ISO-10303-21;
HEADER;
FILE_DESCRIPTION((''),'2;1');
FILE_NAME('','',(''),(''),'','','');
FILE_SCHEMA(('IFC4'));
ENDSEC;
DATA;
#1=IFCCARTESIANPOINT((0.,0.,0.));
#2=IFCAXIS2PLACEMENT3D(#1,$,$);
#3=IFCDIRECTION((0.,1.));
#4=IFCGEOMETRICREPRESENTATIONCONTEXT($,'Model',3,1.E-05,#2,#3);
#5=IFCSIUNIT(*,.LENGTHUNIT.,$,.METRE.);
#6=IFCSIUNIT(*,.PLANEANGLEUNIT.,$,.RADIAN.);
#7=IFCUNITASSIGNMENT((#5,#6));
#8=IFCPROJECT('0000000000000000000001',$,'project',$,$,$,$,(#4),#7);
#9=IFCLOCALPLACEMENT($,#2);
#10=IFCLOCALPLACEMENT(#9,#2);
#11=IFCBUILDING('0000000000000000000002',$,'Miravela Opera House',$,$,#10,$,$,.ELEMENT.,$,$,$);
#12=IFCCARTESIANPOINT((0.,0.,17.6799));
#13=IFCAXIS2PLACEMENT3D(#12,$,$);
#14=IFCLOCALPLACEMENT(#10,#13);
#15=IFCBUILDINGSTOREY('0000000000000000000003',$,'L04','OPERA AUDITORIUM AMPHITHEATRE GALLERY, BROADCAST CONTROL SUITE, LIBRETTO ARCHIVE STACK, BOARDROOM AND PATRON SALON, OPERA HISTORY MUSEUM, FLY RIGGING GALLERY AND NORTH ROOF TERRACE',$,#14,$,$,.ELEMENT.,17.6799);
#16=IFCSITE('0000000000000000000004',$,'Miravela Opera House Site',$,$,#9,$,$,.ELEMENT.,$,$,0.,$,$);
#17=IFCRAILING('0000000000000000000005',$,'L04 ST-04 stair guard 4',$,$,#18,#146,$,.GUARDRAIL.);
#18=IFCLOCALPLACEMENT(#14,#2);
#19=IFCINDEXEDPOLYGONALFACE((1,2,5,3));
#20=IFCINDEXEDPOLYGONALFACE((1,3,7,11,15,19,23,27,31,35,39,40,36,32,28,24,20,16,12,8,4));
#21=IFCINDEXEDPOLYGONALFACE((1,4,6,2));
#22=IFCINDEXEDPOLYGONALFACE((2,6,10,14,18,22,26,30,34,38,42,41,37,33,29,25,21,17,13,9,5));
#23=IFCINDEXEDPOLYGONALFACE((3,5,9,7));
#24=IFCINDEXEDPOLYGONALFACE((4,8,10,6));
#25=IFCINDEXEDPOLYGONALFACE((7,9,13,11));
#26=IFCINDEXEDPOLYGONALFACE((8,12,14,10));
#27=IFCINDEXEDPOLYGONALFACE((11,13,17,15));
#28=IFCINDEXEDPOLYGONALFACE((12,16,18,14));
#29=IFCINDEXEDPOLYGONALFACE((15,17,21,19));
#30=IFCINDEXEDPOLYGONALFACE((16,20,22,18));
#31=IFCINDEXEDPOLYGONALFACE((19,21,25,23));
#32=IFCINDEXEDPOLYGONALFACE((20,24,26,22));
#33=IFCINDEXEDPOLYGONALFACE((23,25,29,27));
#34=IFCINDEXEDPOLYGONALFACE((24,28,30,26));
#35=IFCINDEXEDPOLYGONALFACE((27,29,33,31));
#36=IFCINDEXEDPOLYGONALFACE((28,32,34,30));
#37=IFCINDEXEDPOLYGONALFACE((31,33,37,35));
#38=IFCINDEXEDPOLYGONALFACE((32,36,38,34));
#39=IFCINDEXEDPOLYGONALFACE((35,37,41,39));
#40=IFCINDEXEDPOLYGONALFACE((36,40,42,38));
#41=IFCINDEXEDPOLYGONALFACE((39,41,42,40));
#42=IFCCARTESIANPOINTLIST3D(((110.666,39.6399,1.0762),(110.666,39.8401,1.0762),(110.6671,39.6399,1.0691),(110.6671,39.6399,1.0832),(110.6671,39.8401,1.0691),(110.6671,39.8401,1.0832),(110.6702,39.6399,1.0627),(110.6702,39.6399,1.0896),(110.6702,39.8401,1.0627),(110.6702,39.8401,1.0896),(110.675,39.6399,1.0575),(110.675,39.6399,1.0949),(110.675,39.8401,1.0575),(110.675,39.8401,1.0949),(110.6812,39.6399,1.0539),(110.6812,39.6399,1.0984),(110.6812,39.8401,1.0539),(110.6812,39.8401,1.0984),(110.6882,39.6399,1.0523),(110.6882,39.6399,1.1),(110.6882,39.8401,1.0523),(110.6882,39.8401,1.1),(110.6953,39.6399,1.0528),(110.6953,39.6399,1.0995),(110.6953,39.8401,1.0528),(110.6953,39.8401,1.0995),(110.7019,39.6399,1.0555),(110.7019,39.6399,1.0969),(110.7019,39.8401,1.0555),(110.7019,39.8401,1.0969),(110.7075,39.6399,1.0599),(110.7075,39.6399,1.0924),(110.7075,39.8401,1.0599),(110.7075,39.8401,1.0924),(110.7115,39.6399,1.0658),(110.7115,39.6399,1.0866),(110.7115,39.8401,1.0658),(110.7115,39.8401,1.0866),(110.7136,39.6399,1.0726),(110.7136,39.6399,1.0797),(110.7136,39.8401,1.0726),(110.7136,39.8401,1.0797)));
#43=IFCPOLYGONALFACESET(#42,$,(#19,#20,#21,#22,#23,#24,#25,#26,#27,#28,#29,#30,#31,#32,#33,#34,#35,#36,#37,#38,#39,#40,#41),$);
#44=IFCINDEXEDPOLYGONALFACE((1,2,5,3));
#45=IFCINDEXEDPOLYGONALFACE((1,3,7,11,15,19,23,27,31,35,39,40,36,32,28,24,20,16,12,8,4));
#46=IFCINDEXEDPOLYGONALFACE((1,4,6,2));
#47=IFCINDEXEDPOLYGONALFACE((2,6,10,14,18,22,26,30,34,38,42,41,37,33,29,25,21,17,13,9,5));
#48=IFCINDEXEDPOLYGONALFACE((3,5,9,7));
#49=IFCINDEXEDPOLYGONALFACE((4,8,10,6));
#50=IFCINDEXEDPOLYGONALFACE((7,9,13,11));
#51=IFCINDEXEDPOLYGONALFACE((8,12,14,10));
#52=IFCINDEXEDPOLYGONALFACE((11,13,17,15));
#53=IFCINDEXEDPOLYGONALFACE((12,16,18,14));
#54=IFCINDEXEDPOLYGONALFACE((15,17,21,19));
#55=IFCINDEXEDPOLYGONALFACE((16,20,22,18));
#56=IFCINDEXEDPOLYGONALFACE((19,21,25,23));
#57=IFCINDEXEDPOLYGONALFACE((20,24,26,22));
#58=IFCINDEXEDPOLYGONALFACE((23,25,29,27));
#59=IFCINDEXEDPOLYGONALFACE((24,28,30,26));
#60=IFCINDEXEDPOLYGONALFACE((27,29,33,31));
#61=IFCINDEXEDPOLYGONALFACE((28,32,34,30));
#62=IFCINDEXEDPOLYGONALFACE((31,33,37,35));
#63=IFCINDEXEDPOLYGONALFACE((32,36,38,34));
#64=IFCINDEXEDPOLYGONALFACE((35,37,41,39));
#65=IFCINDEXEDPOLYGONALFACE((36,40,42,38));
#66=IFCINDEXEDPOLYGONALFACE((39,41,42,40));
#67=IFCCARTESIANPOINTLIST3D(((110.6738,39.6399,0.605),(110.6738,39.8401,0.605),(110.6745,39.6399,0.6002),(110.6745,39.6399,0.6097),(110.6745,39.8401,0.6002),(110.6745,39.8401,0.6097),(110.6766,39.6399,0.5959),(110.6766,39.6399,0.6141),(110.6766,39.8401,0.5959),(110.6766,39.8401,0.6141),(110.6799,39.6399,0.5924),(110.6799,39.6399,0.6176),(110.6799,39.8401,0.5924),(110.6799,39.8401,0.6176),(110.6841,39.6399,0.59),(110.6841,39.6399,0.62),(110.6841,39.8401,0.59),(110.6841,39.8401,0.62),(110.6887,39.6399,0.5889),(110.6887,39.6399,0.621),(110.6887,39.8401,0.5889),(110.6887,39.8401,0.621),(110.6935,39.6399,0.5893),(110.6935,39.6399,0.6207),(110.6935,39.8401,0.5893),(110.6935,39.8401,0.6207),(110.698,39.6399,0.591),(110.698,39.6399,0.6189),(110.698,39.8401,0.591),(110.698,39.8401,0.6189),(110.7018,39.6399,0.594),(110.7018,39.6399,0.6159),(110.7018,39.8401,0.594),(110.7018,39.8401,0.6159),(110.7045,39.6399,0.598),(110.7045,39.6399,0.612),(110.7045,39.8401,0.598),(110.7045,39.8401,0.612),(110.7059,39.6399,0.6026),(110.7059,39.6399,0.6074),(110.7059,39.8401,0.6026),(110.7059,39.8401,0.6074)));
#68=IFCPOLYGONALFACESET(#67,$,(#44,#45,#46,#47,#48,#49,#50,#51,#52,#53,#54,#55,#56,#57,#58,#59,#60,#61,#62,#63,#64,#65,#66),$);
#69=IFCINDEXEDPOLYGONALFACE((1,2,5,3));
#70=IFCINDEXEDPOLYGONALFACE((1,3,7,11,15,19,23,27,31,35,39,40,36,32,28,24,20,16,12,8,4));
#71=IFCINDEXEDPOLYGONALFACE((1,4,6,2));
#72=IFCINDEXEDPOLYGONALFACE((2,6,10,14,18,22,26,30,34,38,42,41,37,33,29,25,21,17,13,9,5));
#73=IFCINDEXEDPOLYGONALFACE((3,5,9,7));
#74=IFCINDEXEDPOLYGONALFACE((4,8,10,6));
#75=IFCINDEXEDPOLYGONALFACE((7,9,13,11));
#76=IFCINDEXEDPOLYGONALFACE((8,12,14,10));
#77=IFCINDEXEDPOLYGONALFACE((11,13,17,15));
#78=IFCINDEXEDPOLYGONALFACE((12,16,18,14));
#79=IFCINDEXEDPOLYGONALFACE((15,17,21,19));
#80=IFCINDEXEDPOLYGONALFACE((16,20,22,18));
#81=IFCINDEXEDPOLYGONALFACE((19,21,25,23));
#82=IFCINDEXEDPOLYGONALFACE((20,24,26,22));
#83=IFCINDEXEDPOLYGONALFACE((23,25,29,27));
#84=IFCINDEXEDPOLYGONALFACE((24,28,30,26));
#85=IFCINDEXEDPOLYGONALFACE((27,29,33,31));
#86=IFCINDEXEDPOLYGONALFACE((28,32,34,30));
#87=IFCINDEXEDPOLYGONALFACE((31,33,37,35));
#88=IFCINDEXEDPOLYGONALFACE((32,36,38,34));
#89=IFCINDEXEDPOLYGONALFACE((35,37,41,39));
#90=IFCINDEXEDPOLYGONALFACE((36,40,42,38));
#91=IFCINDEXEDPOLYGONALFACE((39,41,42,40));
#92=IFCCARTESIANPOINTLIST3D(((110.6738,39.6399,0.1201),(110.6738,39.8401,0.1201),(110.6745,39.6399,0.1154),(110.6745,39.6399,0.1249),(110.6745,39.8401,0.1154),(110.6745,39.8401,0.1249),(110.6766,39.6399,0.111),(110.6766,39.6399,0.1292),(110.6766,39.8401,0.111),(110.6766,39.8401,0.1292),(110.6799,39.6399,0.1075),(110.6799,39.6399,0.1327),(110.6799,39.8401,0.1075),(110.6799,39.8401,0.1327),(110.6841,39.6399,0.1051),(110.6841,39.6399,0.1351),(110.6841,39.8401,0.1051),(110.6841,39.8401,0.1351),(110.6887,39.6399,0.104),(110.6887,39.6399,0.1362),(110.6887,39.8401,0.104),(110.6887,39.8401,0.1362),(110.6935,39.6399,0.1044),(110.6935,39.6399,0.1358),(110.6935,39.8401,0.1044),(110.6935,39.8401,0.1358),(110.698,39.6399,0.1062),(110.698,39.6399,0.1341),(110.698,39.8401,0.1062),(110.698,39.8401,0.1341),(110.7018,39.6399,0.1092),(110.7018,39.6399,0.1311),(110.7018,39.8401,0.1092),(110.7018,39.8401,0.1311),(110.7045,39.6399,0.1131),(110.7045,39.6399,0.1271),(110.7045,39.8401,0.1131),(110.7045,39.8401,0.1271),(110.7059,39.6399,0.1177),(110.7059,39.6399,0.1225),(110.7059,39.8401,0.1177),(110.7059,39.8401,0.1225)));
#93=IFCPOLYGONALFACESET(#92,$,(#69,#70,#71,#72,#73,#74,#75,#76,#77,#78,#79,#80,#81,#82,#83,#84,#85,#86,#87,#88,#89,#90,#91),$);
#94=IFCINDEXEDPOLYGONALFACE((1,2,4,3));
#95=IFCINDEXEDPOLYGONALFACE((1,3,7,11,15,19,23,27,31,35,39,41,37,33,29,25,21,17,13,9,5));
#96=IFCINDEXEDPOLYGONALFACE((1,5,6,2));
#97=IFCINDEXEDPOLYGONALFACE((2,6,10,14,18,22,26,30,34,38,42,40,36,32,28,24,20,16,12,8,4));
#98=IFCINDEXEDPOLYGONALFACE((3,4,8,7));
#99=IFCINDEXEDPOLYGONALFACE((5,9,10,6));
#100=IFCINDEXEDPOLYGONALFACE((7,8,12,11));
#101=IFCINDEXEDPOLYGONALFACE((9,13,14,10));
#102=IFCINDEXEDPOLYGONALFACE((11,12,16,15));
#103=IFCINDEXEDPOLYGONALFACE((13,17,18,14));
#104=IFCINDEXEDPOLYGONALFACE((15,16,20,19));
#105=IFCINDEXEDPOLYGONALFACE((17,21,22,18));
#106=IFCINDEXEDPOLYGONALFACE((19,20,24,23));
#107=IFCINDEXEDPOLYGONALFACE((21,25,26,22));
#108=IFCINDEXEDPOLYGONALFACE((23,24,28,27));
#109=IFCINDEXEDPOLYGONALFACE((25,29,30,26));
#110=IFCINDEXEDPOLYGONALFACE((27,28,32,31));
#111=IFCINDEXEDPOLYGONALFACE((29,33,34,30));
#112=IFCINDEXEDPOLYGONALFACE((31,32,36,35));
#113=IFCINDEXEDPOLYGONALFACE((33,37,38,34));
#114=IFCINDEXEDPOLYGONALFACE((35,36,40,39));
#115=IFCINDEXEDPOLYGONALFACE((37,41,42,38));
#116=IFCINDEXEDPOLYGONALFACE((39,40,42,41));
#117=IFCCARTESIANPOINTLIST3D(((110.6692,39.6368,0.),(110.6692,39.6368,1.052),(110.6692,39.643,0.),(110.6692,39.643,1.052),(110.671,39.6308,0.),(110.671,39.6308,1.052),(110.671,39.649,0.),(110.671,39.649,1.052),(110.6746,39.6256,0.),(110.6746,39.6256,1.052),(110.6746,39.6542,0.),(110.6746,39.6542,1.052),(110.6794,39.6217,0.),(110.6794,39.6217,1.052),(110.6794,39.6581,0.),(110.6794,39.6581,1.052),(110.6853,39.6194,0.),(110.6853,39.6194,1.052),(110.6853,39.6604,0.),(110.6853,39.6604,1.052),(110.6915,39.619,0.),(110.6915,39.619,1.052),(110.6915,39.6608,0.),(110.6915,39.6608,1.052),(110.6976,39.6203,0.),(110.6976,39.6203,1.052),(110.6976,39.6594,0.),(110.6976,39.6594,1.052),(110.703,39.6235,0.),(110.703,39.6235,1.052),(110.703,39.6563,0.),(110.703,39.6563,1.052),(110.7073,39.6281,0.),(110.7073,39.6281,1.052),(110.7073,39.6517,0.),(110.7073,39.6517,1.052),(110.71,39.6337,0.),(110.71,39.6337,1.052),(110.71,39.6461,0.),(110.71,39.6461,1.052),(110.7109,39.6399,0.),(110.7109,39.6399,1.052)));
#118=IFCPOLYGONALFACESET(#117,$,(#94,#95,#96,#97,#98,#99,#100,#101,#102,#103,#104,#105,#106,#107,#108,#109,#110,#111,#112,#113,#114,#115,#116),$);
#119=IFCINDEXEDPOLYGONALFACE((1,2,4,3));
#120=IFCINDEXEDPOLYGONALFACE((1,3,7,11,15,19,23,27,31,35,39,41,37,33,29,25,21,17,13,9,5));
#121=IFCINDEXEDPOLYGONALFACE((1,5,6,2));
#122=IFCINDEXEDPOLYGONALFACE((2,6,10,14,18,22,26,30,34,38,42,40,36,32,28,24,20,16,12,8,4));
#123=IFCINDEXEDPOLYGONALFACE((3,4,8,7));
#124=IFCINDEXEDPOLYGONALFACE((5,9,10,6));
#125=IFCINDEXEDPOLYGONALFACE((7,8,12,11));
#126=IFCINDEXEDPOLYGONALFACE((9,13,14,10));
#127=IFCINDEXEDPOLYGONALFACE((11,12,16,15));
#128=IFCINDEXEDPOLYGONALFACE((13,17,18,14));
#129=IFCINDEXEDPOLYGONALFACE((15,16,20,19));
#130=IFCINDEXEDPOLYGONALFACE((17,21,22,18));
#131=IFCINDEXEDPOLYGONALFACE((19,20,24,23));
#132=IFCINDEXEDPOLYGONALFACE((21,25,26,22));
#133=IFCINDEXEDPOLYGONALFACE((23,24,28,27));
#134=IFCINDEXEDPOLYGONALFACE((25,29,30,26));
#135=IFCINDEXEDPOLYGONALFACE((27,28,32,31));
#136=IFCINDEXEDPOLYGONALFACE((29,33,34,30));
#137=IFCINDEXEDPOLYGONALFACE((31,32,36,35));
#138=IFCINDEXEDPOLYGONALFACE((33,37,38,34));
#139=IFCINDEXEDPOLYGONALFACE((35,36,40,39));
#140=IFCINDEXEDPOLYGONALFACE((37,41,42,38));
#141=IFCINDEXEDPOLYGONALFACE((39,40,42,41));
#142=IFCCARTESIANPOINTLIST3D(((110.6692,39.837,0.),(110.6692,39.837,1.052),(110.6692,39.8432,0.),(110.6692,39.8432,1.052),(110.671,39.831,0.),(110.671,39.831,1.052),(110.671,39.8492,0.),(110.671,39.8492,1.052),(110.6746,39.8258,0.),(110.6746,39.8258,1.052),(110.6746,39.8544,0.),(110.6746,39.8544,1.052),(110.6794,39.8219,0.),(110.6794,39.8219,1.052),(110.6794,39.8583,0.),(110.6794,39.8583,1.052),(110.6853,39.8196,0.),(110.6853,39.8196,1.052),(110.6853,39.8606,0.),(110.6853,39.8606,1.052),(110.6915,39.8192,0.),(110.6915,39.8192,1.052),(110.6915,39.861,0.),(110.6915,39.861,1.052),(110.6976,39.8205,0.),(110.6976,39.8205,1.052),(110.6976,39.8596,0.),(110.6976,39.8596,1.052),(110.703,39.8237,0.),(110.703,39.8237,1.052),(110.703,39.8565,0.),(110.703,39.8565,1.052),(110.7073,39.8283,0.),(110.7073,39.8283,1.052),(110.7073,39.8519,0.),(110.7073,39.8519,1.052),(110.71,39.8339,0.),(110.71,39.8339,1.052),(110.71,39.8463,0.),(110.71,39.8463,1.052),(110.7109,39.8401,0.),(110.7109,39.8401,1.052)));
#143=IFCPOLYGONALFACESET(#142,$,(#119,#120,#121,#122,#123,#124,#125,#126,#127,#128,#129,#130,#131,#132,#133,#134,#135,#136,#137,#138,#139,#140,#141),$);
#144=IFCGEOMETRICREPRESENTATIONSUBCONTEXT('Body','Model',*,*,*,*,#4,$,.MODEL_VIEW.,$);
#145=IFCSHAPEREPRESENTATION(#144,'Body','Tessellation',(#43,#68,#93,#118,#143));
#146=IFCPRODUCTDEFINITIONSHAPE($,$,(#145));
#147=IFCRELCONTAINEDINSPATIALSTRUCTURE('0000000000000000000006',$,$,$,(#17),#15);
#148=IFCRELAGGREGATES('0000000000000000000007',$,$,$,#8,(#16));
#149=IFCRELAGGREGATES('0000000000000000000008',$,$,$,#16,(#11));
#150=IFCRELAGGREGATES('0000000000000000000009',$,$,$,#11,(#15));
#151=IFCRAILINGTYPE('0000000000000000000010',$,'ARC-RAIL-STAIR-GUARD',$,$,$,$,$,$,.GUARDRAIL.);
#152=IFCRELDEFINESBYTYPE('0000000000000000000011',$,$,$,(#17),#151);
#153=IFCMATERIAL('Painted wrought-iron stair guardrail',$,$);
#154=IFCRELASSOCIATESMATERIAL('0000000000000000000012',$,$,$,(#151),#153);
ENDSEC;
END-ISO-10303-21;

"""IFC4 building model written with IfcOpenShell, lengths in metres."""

from ifc_helpers import new_model, si_unit, direction, frame, origin, origin_2d, place, context, subcontext, project, spatial, circle, extrude, material, type_object, element, save


model = new_model("IFC4")

# Units and contexts
model_context = context("Model", 3, precision=1e-05, world=origin(), true_north=direction((0.0, 1.0)))
body_context = subcontext(model_context, "Body", "Model", "MODEL_VIEW")
ifc_project = project(units=[si_unit("LENGTHUNIT", "METRE"), si_unit("PLANEANGLEUNIT", "RADIAN")], contexts=[model_context])

# Site, building, storey
site_placement = place(None, origin())
site = spatial("IfcSite", under=ifc_project, at=site_placement, Name="Miravela Opera House Site", CompositionType="ELEMENT", RefElevation=0.0)
building_placement = place(site_placement, origin())
building = spatial("IfcBuilding", under=site, at=building_placement, Name="Miravela Opera House", CompositionType="ELEMENT")
storey_placement = place(building_placement, frame((0.0, 0.0, 17.6799)))
storey = spatial("IfcBuildingStorey", under=building, at=storey_placement, Name="L04", Description="OPERA AUDITORIUM AMPHITHEATRE GALLERY, BROADCAST CONTROL SUITE, LIBRETTO ARCHIVE STACK, BOARDROOM AND PATRON SALON, OPERA HISTORY MUSEUM, FLY RIGGING GALLERY AND NORTH ROOF TERRACE", CompositionType="ELEMENT", Elevation=17.6799)

# Railing
ifc_material_1 = material(Name="Painted wrought-iron stair guardrail")
railing_type_1 = type_object("IfcRailingType", Name="ARC-RAIL-STAIR-GUARD", PredefinedType="GUARDRAIL", material=ifc_material_1)
railing_1_placement = place(storey_placement, frame((110.6899, 39.6399, 0.0)))
element("IfcRailing", 1, at=railing_1_placement, inside=storey, type_object=railing_type_1, Name="L04 ST-04 stair guard 4", PredefinedType="GUARDRAIL", context=body_context, shape_type="SweptSolid", body=[
    extrude(circle(Radius=0.0239, at=origin_2d()), frame((0.0, 0.0, 1.0762), z_axis=(0.0, 1.0, 0.0), x_axis=(-1.0, 0.0, 0.0)), (0.0, 0.0, 1.0), 0.2002),
    extrude(circle(Radius=0.0161, at=origin_2d()), frame((0.0, 0.0, 0.605), z_axis=(0.0, 1.0, 0.0), x_axis=(-1.0, 0.0, 0.0)), (0.0, 0.0, 1.0), 0.2002),
    extrude(circle(Radius=0.0161, at=origin_2d()), frame((0.0, 0.0, 0.1201), z_axis=(0.0, 1.0, 0.0), x_axis=(-1.0, 0.0, 0.0)), (0.0, 0.0, 1.0), 0.2002),
    extrude(circle(Radius=0.021, at=origin_2d()), origin(), (0.0, 0.0, 1.0), 1.052),
    extrude(circle(Radius=0.021, at=origin_2d()), frame((0.0, 0.2002, 0.0)), (0.0, 0.0, 1.0), 1.052),
])

save(model, "model.ifc")
